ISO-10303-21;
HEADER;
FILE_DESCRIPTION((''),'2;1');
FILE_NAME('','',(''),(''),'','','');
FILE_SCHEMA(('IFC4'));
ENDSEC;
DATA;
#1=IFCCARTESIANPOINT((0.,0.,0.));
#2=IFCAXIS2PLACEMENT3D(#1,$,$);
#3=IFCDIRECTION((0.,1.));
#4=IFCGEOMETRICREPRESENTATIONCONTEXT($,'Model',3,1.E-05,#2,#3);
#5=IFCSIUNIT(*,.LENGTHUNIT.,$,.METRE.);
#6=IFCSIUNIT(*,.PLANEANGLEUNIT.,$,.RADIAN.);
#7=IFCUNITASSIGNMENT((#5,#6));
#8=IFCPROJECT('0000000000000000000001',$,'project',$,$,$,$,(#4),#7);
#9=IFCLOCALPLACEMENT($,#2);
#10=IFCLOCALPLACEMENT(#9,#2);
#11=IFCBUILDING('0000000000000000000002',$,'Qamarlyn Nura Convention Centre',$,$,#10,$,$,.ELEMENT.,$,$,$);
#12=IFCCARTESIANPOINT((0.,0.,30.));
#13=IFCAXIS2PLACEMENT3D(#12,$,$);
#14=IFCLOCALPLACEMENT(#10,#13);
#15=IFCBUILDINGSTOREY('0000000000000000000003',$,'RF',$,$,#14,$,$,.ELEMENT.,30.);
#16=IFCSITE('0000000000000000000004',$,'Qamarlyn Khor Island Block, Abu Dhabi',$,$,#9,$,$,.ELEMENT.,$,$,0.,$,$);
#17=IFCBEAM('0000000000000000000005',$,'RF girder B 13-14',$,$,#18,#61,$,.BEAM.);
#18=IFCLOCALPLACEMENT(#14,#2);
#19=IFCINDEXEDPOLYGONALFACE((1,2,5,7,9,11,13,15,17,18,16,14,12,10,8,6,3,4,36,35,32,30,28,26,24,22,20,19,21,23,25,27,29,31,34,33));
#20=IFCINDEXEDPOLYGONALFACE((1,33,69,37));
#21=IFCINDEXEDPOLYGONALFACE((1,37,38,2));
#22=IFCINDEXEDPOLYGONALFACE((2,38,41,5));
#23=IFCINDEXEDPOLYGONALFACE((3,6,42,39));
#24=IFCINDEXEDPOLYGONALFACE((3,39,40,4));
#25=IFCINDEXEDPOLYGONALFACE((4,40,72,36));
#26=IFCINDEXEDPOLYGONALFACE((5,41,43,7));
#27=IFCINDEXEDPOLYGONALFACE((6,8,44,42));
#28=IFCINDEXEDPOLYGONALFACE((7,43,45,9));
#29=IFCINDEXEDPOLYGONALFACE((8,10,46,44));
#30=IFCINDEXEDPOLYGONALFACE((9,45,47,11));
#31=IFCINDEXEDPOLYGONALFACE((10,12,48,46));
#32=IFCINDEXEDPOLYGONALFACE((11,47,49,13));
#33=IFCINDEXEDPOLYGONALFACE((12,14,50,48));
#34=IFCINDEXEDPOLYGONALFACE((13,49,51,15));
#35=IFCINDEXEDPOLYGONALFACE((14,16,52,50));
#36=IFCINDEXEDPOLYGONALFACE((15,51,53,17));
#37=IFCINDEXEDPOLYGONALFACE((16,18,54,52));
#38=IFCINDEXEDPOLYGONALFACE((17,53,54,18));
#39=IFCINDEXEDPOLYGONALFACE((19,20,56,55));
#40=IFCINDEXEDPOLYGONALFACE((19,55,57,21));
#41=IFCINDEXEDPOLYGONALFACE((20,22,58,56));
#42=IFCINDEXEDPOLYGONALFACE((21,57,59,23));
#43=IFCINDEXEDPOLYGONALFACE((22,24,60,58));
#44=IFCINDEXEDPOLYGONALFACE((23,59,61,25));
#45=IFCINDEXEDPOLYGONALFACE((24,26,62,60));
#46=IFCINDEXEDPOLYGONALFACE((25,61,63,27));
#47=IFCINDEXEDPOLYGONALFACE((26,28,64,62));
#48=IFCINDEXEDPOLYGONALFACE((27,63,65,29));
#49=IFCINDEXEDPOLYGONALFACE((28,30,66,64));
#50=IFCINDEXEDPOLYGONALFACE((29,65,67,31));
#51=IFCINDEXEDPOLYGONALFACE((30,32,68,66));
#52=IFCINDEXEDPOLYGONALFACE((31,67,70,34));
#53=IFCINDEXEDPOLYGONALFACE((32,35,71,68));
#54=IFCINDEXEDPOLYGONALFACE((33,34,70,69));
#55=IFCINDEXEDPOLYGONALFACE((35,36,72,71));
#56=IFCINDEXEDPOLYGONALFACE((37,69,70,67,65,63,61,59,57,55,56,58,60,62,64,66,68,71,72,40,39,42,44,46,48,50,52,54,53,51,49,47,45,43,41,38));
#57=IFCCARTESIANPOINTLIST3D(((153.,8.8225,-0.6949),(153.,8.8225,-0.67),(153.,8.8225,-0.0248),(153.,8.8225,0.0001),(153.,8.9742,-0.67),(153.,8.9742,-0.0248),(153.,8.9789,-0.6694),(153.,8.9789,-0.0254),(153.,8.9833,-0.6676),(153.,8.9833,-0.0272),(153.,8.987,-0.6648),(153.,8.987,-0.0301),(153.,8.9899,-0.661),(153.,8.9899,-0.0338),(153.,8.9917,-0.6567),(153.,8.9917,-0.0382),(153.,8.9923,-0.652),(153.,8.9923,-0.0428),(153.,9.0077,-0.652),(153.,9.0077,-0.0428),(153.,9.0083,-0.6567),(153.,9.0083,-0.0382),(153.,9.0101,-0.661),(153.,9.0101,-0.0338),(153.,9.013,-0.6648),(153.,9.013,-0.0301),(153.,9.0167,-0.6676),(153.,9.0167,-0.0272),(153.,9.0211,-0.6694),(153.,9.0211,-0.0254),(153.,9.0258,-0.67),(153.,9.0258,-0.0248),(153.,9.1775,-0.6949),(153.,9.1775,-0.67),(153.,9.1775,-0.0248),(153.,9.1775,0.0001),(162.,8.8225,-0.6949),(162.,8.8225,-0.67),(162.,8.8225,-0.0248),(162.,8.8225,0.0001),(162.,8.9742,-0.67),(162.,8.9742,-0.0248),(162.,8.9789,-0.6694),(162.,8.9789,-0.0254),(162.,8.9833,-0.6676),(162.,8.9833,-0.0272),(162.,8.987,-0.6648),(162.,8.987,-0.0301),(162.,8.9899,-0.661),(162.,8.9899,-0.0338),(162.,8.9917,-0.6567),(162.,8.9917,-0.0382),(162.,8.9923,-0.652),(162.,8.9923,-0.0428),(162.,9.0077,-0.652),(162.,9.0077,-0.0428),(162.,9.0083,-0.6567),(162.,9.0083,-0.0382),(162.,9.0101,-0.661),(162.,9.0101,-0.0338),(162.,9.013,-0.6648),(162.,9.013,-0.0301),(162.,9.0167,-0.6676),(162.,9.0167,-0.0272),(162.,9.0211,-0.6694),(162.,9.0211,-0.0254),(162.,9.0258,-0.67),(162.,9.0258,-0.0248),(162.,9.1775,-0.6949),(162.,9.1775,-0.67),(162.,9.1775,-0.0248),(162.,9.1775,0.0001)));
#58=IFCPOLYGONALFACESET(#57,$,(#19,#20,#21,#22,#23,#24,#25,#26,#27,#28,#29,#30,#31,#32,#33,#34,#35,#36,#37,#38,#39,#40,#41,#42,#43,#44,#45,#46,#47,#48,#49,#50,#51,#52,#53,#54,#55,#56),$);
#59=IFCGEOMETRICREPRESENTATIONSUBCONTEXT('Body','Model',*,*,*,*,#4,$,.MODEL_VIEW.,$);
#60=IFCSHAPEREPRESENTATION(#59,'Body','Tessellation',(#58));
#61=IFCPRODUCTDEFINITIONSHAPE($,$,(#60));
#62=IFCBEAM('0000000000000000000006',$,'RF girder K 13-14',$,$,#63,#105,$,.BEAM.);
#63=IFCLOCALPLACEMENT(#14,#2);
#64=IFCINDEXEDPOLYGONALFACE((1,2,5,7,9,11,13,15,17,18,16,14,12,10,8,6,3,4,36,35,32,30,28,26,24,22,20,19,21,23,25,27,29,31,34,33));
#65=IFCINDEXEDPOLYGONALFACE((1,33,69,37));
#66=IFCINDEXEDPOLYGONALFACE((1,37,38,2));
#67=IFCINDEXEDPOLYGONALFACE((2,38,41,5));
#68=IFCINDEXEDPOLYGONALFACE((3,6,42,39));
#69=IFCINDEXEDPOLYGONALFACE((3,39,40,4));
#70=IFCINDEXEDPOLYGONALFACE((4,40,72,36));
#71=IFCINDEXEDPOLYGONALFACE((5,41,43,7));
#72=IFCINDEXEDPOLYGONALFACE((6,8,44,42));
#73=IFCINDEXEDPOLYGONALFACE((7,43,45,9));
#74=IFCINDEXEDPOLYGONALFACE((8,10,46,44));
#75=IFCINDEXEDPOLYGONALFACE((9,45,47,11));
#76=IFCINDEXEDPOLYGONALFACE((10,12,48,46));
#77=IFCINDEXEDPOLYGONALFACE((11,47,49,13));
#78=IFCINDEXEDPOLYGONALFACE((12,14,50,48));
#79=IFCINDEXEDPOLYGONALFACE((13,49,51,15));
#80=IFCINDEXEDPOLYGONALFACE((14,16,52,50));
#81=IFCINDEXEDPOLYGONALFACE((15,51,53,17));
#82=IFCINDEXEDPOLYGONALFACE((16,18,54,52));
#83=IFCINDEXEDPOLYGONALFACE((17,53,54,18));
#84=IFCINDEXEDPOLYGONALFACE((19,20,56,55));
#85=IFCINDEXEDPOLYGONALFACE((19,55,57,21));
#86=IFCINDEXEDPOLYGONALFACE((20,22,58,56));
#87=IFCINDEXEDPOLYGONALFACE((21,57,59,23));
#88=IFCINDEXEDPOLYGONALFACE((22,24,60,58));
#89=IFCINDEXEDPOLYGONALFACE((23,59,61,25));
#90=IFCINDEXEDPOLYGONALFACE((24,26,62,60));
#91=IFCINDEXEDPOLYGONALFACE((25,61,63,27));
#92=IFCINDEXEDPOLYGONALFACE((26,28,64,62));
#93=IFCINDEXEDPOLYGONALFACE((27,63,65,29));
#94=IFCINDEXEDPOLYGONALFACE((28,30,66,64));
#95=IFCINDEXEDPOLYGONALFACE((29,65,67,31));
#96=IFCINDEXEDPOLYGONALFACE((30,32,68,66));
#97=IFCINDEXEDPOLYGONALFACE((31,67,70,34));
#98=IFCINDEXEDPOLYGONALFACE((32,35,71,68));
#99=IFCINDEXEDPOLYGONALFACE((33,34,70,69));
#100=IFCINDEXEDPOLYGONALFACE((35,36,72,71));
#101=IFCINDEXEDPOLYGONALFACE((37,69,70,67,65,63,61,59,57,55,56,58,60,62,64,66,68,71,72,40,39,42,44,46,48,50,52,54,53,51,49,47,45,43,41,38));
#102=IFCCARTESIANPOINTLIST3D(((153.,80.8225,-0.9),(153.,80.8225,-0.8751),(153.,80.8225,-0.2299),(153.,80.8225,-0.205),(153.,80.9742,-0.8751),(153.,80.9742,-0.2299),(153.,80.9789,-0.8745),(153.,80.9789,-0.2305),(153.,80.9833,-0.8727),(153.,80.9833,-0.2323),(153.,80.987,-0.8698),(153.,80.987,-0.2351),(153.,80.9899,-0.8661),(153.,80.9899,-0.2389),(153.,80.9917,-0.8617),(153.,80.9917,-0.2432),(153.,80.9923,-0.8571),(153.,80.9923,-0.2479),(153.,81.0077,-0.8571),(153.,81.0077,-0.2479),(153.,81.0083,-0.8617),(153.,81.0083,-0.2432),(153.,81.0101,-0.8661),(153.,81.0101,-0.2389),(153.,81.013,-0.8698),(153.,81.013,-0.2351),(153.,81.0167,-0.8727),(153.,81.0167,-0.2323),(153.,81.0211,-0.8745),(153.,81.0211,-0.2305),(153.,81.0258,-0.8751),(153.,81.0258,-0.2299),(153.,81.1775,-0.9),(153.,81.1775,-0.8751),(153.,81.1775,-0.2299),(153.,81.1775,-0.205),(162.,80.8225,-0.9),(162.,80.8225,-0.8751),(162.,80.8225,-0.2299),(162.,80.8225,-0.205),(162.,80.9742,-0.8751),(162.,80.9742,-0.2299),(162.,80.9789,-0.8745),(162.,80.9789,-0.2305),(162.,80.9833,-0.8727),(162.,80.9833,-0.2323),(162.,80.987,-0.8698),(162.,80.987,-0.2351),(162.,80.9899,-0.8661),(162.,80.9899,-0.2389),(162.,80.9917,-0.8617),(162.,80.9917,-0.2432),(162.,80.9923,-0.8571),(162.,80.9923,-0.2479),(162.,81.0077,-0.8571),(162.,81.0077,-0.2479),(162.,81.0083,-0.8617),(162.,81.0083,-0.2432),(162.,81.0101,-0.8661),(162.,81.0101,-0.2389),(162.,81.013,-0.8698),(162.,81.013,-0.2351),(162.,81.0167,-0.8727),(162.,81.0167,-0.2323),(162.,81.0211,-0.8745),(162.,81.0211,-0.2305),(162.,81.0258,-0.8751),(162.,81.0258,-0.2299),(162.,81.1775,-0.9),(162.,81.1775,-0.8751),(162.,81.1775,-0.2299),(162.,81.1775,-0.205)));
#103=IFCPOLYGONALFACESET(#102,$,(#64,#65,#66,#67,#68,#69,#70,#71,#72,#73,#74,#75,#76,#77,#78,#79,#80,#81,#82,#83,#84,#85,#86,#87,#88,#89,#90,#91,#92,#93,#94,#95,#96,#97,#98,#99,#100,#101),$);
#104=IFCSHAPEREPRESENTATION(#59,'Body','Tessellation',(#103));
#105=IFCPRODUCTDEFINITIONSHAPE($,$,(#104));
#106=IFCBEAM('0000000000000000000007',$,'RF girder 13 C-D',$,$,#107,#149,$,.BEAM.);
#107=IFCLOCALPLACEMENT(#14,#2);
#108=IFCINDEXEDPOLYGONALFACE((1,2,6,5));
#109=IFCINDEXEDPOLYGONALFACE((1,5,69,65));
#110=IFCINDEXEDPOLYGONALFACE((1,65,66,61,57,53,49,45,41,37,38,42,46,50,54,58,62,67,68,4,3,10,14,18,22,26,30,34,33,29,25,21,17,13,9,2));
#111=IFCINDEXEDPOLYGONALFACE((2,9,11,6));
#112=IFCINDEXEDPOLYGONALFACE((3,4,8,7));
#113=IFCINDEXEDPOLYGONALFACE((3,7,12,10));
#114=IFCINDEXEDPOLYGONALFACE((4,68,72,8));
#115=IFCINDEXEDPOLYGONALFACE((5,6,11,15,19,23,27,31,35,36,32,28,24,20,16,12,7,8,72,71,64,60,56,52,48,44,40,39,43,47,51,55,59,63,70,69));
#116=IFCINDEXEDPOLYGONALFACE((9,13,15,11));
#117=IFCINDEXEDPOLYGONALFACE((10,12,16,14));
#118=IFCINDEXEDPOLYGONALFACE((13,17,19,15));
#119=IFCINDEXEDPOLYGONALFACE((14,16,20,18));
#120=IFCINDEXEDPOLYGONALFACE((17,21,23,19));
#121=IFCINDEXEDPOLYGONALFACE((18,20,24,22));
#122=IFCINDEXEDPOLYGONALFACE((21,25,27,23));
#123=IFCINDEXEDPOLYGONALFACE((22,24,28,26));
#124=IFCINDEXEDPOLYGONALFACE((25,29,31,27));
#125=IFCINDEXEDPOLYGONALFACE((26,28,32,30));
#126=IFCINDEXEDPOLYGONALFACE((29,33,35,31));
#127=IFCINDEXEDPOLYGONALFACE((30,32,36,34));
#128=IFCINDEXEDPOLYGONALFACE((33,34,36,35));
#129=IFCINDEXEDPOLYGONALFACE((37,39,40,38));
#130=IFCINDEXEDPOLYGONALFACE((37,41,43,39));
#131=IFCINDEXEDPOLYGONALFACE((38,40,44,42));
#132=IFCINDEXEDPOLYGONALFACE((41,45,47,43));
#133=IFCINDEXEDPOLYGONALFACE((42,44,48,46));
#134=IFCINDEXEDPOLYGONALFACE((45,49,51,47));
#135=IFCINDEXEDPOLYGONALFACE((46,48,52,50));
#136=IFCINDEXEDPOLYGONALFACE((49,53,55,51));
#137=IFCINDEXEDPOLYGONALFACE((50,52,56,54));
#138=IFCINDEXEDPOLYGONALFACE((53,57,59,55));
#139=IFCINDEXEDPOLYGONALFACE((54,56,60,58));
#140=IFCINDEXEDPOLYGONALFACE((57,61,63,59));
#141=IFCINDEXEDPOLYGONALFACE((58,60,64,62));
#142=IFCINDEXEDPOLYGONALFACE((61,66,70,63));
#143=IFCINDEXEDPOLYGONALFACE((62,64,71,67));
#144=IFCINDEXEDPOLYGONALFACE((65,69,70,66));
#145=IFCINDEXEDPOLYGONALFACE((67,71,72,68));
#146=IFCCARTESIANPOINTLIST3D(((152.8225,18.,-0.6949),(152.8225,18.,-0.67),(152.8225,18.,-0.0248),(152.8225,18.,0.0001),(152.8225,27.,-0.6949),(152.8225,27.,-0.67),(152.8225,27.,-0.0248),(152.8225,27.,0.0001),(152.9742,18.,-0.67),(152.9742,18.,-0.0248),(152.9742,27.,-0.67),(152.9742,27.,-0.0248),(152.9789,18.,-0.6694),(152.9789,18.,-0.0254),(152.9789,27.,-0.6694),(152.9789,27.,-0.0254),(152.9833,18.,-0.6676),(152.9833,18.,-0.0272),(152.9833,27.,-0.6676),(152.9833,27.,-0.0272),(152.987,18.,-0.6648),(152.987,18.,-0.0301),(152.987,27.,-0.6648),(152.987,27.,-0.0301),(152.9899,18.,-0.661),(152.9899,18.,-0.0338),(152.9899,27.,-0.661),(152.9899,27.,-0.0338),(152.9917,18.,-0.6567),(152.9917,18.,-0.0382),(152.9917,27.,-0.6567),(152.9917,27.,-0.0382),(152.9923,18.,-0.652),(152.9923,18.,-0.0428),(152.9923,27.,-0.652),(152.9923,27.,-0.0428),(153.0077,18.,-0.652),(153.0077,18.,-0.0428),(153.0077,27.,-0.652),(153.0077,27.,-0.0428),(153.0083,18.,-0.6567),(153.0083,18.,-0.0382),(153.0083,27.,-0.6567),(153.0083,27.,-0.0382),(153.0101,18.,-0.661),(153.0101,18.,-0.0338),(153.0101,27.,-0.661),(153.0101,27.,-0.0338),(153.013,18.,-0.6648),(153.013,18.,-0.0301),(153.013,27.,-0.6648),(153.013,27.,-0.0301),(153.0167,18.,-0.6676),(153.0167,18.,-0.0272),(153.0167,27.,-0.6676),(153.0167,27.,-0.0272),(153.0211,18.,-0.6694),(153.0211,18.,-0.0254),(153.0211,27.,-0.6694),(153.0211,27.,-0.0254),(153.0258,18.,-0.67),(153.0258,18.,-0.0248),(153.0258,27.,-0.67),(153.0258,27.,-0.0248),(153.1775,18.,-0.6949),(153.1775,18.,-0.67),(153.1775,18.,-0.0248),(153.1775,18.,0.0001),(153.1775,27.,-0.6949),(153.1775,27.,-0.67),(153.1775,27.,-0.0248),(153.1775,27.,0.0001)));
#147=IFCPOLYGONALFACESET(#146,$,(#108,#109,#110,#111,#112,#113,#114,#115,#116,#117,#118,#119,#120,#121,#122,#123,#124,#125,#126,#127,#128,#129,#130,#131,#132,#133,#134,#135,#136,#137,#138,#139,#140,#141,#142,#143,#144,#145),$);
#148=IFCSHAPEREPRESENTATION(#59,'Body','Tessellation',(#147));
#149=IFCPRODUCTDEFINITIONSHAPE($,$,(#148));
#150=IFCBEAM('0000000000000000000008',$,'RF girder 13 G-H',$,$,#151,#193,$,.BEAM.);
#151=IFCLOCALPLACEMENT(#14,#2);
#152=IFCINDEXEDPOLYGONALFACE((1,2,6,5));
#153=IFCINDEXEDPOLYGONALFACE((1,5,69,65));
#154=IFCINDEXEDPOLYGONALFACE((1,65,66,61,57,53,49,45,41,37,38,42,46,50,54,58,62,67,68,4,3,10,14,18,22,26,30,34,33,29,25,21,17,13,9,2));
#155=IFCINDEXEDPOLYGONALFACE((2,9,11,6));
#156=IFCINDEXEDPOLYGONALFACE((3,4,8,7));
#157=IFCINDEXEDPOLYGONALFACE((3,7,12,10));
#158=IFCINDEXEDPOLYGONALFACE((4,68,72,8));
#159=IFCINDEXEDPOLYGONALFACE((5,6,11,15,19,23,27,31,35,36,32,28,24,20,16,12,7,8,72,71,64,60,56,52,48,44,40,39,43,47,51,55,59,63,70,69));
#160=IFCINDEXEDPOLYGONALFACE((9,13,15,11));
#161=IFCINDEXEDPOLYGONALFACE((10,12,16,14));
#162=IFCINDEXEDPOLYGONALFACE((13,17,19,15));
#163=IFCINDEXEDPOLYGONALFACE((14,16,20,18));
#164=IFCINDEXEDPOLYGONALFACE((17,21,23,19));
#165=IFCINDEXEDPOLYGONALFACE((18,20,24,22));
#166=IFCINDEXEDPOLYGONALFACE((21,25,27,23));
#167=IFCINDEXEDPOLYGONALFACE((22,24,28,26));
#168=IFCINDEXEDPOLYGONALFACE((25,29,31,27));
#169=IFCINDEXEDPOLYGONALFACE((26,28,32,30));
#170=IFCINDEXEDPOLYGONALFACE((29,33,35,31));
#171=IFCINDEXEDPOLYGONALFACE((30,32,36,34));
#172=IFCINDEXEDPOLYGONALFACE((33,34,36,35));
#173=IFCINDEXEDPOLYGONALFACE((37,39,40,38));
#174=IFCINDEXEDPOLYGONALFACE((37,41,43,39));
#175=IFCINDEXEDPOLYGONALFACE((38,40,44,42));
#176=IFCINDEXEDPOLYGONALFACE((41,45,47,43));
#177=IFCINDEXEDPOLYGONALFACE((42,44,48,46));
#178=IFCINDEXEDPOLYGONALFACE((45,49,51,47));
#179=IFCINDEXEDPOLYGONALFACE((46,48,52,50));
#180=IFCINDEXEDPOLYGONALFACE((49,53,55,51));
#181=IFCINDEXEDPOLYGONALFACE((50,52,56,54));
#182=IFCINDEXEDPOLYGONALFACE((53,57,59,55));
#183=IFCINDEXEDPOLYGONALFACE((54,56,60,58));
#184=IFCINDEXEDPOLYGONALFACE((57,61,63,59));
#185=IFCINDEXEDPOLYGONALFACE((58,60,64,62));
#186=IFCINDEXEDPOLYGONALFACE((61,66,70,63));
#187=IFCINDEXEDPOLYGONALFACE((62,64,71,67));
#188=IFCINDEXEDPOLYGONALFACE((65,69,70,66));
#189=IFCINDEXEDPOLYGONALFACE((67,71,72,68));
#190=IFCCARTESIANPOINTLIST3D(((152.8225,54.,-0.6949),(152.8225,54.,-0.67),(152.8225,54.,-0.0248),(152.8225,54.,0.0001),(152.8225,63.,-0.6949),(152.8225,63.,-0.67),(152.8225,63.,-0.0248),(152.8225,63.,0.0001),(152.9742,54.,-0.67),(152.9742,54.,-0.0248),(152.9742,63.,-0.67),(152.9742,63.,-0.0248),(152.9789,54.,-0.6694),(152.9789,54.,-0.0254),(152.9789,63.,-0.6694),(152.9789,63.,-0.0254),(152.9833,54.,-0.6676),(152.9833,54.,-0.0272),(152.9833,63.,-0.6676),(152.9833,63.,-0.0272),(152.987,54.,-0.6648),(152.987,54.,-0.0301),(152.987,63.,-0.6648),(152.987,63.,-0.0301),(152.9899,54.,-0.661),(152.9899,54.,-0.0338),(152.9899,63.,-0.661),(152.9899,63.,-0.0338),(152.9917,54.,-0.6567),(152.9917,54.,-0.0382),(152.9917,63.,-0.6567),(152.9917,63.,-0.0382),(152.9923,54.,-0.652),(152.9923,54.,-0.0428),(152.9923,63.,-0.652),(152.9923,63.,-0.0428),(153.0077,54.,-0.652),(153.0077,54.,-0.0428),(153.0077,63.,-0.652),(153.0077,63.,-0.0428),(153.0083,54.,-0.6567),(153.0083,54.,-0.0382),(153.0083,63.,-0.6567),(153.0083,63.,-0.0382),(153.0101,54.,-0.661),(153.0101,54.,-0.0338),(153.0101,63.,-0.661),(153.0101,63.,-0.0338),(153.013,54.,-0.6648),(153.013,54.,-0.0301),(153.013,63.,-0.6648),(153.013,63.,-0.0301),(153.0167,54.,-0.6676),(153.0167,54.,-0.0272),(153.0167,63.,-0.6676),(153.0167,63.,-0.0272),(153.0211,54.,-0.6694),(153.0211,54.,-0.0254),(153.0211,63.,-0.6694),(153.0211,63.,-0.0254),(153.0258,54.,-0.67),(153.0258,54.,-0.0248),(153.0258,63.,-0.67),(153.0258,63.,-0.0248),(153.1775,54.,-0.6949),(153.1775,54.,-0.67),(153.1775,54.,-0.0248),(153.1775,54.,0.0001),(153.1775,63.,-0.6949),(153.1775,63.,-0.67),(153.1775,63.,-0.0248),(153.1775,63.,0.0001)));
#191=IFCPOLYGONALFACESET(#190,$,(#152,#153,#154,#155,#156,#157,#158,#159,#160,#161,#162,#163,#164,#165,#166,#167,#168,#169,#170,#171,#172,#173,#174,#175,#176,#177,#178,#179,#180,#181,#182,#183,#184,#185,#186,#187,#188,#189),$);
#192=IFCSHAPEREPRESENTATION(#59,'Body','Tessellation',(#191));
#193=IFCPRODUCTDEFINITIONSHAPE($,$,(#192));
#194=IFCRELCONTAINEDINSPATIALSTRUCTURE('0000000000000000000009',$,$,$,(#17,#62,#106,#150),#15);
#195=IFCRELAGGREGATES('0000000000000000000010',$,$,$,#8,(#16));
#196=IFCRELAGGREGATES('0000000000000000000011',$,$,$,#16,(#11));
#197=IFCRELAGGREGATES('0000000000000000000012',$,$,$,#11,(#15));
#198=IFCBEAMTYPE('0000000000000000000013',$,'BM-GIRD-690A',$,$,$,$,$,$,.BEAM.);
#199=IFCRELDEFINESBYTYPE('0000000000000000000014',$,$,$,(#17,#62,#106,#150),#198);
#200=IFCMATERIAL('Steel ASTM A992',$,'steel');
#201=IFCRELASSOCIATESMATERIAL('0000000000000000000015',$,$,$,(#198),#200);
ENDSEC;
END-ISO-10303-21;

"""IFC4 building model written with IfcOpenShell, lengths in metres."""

from ifc_helpers import new_model, si_unit, direction, frame, origin, origin_2d, place, context, subcontext, project, spatial, i_section, extrude, material, material_profile, profile_set, type_object, element, save


model = new_model("IFC4")

# Units and contexts
model_context = context("Model", 3, precision=1e-05, world=origin(), true_north=direction((0.0, 1.0)))
body_context = subcontext(model_context, "Body", "Model", "MODEL_VIEW")
ifc_project = project(units=[si_unit("LENGTHUNIT", "METRE"), si_unit("PLANEANGLEUNIT", "RADIAN")], contexts=[model_context])

# Site, building, storey
site_placement = place(None, origin())
site = spatial("IfcSite", under=ifc_project, at=site_placement, Name="Qamarlyn Khor Island Block, Abu Dhabi", CompositionType="ELEMENT", RefElevation=0.0)
building_placement = place(site_placement, origin())
building = spatial("IfcBuilding", under=site, at=building_placement, Name="Qamarlyn Nura Convention Centre", CompositionType="ELEMENT")
storey_placement = place(building_placement, frame((0.0, 0.0, 30.0)))
storey = spatial("IfcBuildingStorey", under=building, at=storey_placement, Name="RF", CompositionType="ELEMENT", Elevation=30.0)

# Beams
ifc_material_1 = material(Name="Steel ASTM A992", Category="steel")
ifc_material_profile_1 = material_profile(ifc_material_1, i_section(OverallWidth=0.355, OverallDepth=0.6951, WebThickness=0.0154, FlangeThickness=0.0249, FilletRadius=0.0181, at=origin_2d()), Name="W690X217")
ifc_profile_set_1 = profile_set([ifc_material_profile_1], Name="Steel ASTM A992")
beam_type_1 = type_object("IfcBeamType", Name="BM-GIRD-690A", PredefinedType="BEAM", material=ifc_profile_set_1)
for number, where, z_axis, x_axis, name in (
    (1, (153.0, 9.0, -0.3474), (1.0, 0.0, 0.0), (0.0, 1.0, 0.0), "RF girder B 13-14"),
    (2, (153.0, 81.0, -0.5525), (1.0, 0.0, 0.0), (0.0, 1.0, 0.0), "RF girder K 13-14"),
    (3, (153.0, 18.0, -0.3474), (0.0, 1.0, 0.0), (-1.0, 0.0, 0.0), "RF girder 13 C-D"),
    (4, (153.0, 54.0, -0.3474), (0.0, 1.0, 0.0), (-1.0, 0.0, 0.0), "RF girder 13 G-H"),
):
    element("IfcBeam", number, at=place(storey_placement, frame(where, z_axis=z_axis, x_axis=x_axis)), inside=storey, type_object=beam_type_1, Name=name, PredefinedType="BEAM", context=body_context, shape_type="SweptSolid", body=[
        extrude(i_section(OverallWidth=0.355, OverallDepth=0.6951, WebThickness=0.0154, FlangeThickness=0.0249, FilletRadius=0.0181, at=origin_2d()), origin(), (0.0, 0.0, 1.0), 9.0),
    ])

save(model, "model.ifc")
